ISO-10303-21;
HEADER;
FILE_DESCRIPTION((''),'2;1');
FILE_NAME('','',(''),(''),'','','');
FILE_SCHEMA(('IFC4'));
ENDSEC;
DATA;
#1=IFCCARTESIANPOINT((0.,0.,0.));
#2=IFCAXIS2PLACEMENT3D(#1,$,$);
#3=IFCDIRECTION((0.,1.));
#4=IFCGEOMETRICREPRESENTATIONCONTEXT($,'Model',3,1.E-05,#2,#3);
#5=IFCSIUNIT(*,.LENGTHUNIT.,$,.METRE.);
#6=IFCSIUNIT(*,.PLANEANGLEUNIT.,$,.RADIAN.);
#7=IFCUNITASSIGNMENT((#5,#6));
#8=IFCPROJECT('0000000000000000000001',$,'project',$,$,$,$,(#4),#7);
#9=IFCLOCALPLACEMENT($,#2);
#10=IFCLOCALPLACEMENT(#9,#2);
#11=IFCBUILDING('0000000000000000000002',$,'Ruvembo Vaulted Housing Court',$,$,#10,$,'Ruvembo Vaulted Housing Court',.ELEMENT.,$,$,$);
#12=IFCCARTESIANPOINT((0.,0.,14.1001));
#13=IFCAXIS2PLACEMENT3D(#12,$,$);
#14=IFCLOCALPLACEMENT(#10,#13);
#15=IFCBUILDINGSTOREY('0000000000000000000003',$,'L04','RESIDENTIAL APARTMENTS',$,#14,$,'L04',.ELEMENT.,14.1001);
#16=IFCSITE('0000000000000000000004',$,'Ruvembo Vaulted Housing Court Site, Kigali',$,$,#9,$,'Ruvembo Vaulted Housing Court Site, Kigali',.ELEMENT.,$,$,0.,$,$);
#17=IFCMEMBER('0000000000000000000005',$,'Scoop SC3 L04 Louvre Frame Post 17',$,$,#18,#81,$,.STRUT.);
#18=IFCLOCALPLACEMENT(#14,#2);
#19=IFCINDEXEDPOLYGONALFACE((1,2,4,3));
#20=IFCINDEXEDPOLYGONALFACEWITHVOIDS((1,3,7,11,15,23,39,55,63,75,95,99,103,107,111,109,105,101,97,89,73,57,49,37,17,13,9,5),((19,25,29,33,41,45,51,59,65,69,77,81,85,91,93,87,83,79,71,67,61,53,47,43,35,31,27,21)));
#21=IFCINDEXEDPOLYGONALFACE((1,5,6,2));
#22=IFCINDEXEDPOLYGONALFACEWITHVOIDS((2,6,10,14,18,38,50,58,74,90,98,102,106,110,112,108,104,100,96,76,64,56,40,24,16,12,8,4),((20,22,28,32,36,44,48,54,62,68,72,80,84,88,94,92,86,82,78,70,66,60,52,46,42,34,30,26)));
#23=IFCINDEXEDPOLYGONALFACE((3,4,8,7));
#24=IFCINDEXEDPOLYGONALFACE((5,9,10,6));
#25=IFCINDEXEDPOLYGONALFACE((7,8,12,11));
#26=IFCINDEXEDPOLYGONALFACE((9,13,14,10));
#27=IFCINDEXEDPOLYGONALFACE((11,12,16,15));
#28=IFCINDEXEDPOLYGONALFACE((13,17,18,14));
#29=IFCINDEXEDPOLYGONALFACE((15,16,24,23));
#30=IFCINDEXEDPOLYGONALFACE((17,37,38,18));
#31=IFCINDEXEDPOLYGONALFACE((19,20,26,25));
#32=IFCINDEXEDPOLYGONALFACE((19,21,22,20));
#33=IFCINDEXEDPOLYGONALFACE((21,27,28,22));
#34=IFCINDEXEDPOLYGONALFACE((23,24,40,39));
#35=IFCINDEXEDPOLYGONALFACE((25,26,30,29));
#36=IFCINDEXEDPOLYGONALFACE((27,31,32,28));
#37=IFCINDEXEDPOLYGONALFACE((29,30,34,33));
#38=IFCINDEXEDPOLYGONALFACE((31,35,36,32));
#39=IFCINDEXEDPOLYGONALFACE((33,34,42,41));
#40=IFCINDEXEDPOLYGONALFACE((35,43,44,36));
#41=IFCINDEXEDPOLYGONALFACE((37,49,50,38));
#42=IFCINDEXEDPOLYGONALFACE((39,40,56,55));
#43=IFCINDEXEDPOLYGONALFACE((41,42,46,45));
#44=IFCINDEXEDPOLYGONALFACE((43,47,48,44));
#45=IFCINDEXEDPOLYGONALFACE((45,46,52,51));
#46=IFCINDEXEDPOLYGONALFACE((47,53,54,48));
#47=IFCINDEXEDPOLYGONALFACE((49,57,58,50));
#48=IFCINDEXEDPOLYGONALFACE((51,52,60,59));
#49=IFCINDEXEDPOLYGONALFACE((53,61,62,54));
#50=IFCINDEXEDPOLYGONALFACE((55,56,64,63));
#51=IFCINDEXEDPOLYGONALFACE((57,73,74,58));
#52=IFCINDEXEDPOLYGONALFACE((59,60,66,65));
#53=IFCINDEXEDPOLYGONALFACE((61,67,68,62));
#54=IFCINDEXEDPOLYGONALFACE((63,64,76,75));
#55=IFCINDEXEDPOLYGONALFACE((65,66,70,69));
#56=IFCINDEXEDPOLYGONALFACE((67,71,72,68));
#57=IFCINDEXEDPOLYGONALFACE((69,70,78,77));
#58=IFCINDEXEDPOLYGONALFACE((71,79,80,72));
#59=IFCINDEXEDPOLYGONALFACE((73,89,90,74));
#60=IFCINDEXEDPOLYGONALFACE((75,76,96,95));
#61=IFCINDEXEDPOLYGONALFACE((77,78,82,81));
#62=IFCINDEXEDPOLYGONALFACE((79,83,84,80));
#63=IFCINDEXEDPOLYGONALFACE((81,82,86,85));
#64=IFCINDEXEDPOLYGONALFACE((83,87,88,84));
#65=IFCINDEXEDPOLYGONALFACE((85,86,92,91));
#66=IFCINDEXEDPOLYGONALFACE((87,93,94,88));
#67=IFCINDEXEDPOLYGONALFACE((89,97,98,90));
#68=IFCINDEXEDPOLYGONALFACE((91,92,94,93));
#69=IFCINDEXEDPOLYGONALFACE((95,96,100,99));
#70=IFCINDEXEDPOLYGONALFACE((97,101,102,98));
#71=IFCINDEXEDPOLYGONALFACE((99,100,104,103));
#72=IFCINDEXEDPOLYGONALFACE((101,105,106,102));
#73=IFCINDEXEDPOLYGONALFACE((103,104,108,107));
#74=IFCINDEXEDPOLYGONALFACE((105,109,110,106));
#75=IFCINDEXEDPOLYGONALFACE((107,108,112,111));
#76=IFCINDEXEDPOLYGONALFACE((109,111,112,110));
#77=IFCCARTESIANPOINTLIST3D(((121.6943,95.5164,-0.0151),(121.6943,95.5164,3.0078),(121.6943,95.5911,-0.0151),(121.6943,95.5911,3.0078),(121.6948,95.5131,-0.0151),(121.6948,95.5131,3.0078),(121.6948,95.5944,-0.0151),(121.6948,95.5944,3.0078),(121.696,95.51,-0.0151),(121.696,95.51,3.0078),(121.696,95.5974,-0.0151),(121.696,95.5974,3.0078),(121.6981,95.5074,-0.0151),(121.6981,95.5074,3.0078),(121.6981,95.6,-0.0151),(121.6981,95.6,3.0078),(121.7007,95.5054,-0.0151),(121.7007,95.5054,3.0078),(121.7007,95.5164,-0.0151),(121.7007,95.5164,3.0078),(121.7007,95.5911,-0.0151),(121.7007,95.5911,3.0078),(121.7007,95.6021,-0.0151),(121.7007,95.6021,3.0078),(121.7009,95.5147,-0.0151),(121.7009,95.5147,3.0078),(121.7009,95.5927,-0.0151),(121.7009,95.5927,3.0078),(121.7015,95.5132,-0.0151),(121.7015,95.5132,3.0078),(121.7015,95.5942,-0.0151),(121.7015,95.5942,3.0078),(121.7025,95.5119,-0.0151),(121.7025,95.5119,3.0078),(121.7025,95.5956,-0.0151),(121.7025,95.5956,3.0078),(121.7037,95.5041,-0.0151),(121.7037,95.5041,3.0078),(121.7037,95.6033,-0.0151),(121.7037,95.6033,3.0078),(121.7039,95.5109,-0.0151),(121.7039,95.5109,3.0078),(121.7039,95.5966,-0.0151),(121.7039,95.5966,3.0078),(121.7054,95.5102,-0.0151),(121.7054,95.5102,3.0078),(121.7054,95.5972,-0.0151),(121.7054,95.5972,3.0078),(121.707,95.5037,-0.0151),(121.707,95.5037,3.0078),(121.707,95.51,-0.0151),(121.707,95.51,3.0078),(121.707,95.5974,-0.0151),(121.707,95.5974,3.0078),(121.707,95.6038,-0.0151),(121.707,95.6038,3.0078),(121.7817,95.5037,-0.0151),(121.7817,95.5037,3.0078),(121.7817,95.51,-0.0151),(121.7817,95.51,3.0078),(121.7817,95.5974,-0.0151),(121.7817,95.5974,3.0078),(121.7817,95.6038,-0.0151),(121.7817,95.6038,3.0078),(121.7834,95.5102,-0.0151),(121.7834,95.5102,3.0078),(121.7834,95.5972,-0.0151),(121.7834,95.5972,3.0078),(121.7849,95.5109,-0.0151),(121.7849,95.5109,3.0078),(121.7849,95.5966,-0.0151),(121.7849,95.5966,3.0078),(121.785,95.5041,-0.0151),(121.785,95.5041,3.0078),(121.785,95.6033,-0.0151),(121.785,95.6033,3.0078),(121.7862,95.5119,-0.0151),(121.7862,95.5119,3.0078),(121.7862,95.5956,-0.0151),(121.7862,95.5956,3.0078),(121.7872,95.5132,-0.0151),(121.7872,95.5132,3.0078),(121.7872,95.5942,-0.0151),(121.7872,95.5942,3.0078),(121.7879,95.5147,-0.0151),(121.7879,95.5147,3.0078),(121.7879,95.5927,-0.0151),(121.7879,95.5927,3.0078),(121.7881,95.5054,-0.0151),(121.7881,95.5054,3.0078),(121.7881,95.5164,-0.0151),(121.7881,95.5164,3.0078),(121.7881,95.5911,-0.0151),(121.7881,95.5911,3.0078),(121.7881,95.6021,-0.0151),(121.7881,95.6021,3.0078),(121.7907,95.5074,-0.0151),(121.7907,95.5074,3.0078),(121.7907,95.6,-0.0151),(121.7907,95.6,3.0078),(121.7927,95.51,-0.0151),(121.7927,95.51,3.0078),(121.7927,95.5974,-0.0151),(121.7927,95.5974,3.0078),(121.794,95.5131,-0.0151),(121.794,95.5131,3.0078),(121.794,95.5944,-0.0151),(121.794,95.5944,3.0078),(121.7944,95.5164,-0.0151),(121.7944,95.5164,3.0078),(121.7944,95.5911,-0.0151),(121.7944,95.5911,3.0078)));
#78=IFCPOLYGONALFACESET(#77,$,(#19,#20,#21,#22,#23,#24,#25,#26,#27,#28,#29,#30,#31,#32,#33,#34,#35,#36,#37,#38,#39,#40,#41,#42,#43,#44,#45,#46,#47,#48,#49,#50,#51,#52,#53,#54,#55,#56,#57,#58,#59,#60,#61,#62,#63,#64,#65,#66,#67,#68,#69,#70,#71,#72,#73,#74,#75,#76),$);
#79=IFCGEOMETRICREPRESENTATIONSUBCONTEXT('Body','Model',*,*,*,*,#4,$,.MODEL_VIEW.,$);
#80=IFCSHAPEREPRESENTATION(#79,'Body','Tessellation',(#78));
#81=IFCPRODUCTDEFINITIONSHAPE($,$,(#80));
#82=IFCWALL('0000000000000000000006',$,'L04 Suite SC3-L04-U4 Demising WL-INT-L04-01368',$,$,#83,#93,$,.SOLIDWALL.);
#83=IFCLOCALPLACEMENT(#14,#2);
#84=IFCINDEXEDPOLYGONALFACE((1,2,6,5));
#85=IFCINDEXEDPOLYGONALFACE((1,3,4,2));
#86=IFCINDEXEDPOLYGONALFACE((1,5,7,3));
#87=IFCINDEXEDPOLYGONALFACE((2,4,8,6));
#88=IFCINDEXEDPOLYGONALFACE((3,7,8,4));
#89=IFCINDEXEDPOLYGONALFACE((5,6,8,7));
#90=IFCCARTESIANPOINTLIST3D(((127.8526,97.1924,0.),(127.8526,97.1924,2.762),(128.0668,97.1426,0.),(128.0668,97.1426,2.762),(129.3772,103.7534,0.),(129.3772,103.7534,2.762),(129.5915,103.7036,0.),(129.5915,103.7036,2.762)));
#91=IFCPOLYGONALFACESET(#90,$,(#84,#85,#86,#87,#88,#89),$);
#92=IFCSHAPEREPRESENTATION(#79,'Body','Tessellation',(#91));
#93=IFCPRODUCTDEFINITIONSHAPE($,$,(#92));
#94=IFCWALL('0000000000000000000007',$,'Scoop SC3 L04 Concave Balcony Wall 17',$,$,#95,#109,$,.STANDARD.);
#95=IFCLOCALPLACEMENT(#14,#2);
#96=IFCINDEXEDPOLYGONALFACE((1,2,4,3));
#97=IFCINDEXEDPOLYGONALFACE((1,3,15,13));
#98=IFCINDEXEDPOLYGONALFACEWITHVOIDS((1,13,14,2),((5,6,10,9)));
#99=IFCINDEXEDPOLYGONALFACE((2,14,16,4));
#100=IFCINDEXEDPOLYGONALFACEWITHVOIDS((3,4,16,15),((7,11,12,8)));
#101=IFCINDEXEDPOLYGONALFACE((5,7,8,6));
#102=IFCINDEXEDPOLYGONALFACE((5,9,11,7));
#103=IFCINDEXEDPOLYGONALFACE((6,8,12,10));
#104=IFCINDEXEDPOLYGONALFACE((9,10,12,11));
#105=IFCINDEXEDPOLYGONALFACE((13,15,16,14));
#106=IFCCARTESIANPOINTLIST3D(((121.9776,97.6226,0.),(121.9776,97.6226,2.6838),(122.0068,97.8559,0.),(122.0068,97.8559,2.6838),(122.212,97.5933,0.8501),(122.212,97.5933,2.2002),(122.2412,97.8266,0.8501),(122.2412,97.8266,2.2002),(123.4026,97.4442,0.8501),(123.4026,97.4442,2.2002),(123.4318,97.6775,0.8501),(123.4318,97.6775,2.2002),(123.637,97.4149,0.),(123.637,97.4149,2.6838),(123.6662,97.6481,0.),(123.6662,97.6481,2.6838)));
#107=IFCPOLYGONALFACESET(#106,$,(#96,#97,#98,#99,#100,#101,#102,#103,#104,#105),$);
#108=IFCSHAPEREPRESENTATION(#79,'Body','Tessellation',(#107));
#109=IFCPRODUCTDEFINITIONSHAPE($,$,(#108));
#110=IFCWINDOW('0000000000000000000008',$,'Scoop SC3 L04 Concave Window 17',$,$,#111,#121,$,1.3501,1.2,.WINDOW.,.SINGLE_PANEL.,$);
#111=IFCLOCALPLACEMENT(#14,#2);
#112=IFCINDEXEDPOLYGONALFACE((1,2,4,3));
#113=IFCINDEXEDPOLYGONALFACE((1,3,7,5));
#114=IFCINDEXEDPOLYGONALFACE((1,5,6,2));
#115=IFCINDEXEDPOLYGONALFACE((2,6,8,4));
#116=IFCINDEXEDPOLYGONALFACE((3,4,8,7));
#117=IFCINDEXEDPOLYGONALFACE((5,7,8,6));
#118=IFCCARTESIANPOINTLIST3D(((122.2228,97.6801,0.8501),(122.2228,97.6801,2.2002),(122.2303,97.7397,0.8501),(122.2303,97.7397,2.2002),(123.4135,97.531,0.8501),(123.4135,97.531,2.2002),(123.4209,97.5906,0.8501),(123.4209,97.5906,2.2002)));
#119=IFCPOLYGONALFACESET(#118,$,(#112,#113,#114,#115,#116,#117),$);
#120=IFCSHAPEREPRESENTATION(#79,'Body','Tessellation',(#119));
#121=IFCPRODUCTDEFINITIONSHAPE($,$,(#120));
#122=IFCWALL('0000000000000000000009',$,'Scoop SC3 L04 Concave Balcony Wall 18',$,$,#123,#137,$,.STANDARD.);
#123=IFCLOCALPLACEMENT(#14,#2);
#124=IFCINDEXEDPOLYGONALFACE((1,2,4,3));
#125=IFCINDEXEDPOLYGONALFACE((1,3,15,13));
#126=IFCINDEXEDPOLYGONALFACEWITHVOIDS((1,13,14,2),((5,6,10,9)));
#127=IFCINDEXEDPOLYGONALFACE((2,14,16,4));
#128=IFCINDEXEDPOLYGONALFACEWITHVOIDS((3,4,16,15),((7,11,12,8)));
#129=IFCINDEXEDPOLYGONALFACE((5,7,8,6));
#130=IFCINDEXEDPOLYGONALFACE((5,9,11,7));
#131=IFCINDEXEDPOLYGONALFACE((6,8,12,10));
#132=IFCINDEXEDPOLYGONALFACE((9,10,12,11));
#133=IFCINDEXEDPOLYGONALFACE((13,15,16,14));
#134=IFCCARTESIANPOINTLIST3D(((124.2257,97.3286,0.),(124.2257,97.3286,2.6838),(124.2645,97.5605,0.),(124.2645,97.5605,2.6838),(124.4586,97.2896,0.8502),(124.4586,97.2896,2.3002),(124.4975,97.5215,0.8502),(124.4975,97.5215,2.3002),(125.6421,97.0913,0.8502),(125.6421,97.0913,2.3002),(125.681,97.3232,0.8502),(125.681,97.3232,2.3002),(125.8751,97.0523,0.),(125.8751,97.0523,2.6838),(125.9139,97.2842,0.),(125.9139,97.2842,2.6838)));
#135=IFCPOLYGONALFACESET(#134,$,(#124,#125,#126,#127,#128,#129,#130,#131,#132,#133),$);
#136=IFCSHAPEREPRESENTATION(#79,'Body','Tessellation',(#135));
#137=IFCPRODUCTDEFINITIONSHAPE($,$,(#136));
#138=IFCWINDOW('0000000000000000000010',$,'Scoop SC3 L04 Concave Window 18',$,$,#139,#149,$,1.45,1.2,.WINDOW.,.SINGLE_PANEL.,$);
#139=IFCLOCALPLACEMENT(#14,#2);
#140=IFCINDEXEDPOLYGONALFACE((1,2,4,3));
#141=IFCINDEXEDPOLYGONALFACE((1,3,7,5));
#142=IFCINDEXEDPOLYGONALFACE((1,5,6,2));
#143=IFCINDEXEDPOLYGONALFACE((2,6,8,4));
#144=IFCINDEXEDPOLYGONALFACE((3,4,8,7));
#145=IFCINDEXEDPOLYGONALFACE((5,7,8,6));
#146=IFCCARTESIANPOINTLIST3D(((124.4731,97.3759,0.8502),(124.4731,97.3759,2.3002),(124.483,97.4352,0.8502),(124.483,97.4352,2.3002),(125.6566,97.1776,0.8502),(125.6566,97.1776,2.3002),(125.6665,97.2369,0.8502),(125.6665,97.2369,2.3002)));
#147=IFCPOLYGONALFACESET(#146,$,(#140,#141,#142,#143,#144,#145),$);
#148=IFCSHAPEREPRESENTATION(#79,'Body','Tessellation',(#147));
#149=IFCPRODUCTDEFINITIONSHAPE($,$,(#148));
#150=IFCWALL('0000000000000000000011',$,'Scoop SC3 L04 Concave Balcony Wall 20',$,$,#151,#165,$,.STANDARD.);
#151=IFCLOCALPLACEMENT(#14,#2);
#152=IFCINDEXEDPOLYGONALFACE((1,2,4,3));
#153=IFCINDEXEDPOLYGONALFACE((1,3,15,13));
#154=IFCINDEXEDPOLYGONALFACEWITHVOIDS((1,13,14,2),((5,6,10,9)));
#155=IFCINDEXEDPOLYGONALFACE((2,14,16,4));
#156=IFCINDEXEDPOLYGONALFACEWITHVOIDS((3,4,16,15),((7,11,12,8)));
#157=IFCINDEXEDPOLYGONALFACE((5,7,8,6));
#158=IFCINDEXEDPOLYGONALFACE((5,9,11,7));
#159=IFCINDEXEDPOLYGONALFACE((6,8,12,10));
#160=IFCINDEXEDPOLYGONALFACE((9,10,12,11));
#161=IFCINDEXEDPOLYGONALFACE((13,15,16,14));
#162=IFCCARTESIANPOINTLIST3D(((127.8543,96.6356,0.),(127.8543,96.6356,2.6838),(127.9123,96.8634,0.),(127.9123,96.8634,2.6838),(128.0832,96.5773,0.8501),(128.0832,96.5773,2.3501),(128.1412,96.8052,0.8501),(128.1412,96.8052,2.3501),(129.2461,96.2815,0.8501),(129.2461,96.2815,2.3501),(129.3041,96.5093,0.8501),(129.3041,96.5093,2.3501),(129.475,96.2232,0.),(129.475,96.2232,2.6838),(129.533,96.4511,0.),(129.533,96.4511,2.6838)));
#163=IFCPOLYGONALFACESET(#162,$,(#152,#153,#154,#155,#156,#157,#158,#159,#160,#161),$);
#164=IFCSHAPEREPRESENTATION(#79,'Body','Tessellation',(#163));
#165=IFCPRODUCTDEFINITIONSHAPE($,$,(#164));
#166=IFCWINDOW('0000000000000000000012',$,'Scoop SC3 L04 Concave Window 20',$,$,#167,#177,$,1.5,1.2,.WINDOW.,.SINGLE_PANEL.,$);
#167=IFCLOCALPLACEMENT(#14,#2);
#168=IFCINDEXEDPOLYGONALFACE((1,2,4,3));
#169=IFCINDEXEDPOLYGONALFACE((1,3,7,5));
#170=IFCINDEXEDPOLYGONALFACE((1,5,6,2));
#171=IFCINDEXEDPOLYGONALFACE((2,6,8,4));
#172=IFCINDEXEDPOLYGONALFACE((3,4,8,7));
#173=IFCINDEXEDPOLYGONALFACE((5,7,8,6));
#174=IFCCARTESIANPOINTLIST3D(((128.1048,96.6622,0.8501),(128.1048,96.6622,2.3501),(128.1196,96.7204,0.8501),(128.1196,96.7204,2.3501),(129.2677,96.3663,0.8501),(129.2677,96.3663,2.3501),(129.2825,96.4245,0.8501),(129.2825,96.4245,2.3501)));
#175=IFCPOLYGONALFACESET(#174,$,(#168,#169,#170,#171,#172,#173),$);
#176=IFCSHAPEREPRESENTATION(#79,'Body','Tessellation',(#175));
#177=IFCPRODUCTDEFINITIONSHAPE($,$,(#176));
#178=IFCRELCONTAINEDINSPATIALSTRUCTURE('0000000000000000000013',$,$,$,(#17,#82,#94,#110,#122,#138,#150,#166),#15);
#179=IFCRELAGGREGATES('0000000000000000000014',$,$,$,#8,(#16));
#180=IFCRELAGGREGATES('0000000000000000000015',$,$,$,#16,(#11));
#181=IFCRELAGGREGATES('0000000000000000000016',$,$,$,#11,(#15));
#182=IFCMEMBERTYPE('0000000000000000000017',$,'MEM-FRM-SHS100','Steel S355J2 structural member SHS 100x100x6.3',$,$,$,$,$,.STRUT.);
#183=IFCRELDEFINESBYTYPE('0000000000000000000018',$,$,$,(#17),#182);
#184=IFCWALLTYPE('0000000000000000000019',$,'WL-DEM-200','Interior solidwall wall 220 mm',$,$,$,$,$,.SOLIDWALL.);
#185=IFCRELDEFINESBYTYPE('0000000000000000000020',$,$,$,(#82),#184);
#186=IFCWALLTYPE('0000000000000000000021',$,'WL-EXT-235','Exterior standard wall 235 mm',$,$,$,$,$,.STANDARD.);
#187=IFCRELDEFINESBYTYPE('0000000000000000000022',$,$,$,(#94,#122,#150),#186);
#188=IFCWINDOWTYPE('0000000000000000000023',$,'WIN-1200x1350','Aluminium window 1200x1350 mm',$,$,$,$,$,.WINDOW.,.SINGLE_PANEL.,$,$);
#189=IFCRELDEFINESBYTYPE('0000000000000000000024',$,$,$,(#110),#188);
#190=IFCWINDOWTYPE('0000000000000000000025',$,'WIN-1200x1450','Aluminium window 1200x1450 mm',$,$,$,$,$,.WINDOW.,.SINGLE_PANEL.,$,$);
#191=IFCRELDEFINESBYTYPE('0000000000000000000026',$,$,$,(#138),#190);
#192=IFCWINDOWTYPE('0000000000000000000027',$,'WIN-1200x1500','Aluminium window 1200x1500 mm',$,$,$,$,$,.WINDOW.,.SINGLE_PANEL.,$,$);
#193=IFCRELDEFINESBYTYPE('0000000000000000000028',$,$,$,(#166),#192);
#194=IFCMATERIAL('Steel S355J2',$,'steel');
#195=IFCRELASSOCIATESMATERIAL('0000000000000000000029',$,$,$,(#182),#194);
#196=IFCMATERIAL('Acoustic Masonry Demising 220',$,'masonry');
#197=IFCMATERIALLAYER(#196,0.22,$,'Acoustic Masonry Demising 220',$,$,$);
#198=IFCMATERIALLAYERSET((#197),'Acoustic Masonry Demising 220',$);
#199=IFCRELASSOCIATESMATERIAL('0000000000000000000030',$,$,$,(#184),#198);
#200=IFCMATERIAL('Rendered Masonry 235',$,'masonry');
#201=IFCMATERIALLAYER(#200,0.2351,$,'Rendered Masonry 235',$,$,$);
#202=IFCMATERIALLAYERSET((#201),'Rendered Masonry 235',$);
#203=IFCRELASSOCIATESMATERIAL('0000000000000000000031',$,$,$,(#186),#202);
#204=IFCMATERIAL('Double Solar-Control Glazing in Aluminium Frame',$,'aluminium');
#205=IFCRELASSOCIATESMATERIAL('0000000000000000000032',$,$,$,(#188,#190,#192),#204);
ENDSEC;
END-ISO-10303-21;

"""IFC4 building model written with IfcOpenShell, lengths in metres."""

from ifc_helpers import new_model, si_unit, direction, frame, frame_2d, origin, origin_2d, place, context, subcontext, project, spatial, rectangle, hollow_rectangle, extrude, material, layer, layer_set, material_profile, profile_set, type_object, element, fill, save


model = new_model("IFC4")

# Units and contexts
model_context = context("Model", 3, precision=1e-05, world=origin(), true_north=direction((0.0, 1.0)))
body_context = subcontext(model_context, "Body", "Model", "MODEL_VIEW")
ifc_project = project(units=[si_unit("LENGTHUNIT", "METRE"), si_unit("PLANEANGLEUNIT", "RADIAN")], contexts=[model_context])

# Site, building, storey
site_placement = place(None, origin())
site = spatial("IfcSite", under=ifc_project, at=site_placement, Name="Ruvembo Vaulted Housing Court Site, Kigali", LongName="Ruvembo Vaulted Housing Court Site, Kigali", CompositionType="ELEMENT", RefElevation=0.0)
building_placement = place(site_placement, origin())
building = spatial("IfcBuilding", under=site, at=building_placement, Name="Ruvembo Vaulted Housing Court", LongName="Ruvembo Vaulted Housing Court", CompositionType="ELEMENT")
storey_placement = place(building_placement, frame((0.0, 0.0, 14.1001)))
storey = spatial("IfcBuildingStorey", under=building, at=storey_placement, Name="L04", Description="RESIDENTIAL APARTMENTS", LongName="L04", CompositionType="ELEMENT", Elevation=14.1001)

# Shared definitions
ifc_material_1 = material(Name="Steel S355J2", Category="steel")

# Member
ifc_material_profile_1 = material_profile(ifc_material_1, hollow_rectangle(XDim=0.1001, YDim=0.1001, WallThickness=0.0063, InnerFilletRadius=0.0063, OuterFilletRadius=0.0127, at=origin_2d()), Name="SHS 100x100x6.3")
ifc_profile_set_1 = profile_set([ifc_material_profile_1], Name="Steel S355J2")
member_type_1 = type_object("IfcMemberType", Name="MEM-FRM-SHS100", Description="Steel S355J2 structural member SHS 100x100x6.3", PredefinedType="STRUT", material=ifc_profile_set_1)
member_1_placement = place(storey_placement, frame((121.7444, 95.5537, -0.0151), z_axis=(0.0, 0.0, 1.0), x_axis=(1.0, 0.0, 0.0)))
element("IfcMember", 1, at=member_1_placement, inside=storey, type_object=member_type_1, Name="Scoop SC3 L04 Louvre Frame Post 17", PredefinedType="STRUT", context=body_context, shape_type="SweptSolid", body=[
    extrude(hollow_rectangle(XDim=0.1001, YDim=0.1001, WallThickness=0.0063, InnerFilletRadius=0.0063, OuterFilletRadius=0.0127, at=origin_2d()), origin(), (0.0, 0.0, 1.0), 3.0229),
])

# Wall
ifc_material_2 = material(Name="Acoustic Masonry Demising 220", Category="masonry")
ifc_layer_1 = layer(ifc_material_2, 0.22, Name="Acoustic Masonry Demising 220")
ifc_layer_set_1 = layer_set([ifc_layer_1], Name="Acoustic Masonry Demising 220")
wall_type_1 = type_object("IfcWallType", Name="WL-DEM-200", Description="Interior solidwall wall 220 mm", PredefinedType="SOLIDWALL", material=ifc_layer_set_1)
wall_1_placement = place(storey_placement, frame((127.9597, 97.1675, 0.0), z_axis=(0.0, 0.0, 1.0), x_axis=(0.22635, 0.974046, 0.0)))
element("IfcWall", 2, at=wall_1_placement, inside=storey, type_object=wall_type_1, Name="L04 Suite SC3-L04-U4 Demising WL-INT-L04-01368", PredefinedType="SOLIDWALL", context=body_context, shape_type="SweptSolid", body=[
    extrude(rectangle(XDim=6.7358, YDim=0.22, at=frame_2d((3.3679, 0.0))), origin(), (0.0, 0.0, 1.0), 2.762),
])

# Walls, openings, windows
ifc_material_3 = material(Name="Rendered Masonry 235", Category="masonry")
ifc_layer_2 = layer(ifc_material_3, 0.2351, Name="Rendered Masonry 235")
ifc_layer_set_2 = layer_set([ifc_layer_2], Name="Rendered Masonry 235")
wall_type_2 = type_object("IfcWallType", Name="WL-EXT-235", Description="Exterior standard wall 235 mm", PredefinedType="STANDARD", material=ifc_layer_set_2)
wall_2_placement = place(storey_placement, frame((121.9922, 97.7393, 0.0), z_axis=(0.0, 0.0, 1.0), x_axis=(0.992253, -0.124232, 0.0)))
wall_2 = element("IfcWall", 3, at=wall_2_placement, inside=storey, type_object=wall_type_2, Name="Scoop SC3 L04 Concave Balcony Wall 17", PredefinedType="STANDARD", context=body_context, shape_type="SweptSolid", body=[
    extrude(rectangle(XDim=1.6724, YDim=0.2351, at=frame_2d((0.8362, 0.0))), origin(), (0.0, 0.0, 1.0), 2.6838),
])
opening_1_placement = place(wall_2_placement, frame((0.2361, 0.0, 0.8501)))
opening_1 = element("IfcOpeningElement", 4, at=opening_1_placement, cuts=wall_2, PredefinedType="OPENING", context=body_context, shape_type="SweptSolid", body=[
    extrude(rectangle(XDim=1.2, YDim=1.3501, at=frame_2d((0.6001, 0.675))), frame((0.0, 0.1274, 0.0), z_axis=(0.0, -1.0, 0.0), x_axis=(1.0, 0.0, 0.0)), (0.0, 0.0, 1.0), 0.2551),
])
ifc_material_4 = material(Name="Double Solar-Control Glazing in Aluminium Frame", Category="aluminium")
window_type_1 = type_object("IfcWindowType", Name="WIN-1200x1350", Description="Aluminium window 1200x1350 mm", PartitioningType="SINGLE_PANEL", PredefinedType="WINDOW", material=ifc_material_4)
window_1_placement = place(opening_1_placement, origin())
window_1 = element("IfcWindow", 5, at=window_1_placement, inside=storey, type_object=window_type_1, Name="Scoop SC3 L04 Concave Window 17", OverallHeight=1.3501, OverallWidth=1.2, PartitioningType="SINGLE_PANEL", PredefinedType="WINDOW", context=body_context, shape_type="SweptSolid", body=[
    extrude(rectangle(XDim=1.2, YDim=1.3501, at=frame_2d((0.6001, 0.675))), frame((0.0, 0.03, 0.0), z_axis=(0.0, -1.0, 0.0), x_axis=(1.0, 0.0, 0.0)), (0.0, 0.0, 1.0), 0.0601),
])
fill(opening_1, window_1)
wall_3_placement = place(storey_placement, frame((124.2451, 97.4446, 0.0), z_axis=(0.0, 0.0, 1.0), x_axis=(0.986252, -0.165251, 0.0)))
wall_3 = element("IfcWall", 6, at=wall_3_placement, inside=storey, type_object=wall_type_2, Name="Scoop SC3 L04 Concave Balcony Wall 18", PredefinedType="STANDARD", context=body_context, shape_type="SweptSolid", body=[
    extrude(rectangle(XDim=1.6724, YDim=0.2351, at=frame_2d((0.8362, 0.0))), origin(), (0.0, 0.0, 1.0), 2.6838),
])
opening_2_placement = place(wall_3_placement, frame((0.2361, 0.0, 0.8501)))
opening_2 = element("IfcOpeningElement", 7, at=opening_2_placement, cuts=wall_3, PredefinedType="OPENING", context=body_context, shape_type="SweptSolid", body=[
    extrude(rectangle(XDim=1.2, YDim=1.45, at=frame_2d((0.6001, 0.7251))), frame((0.0, 0.1274, 0.0), z_axis=(0.0, -1.0, 0.0), x_axis=(1.0, 0.0, 0.0)), (0.0, 0.0, 1.0), 0.2551),
])
window_type_2 = type_object("IfcWindowType", Name="WIN-1200x1450", Description="Aluminium window 1200x1450 mm", PartitioningType="SINGLE_PANEL", PredefinedType="WINDOW", material=ifc_material_4)
window_2_placement = place(opening_2_placement, origin())
window_2 = element("IfcWindow", 8, at=window_2_placement, inside=storey, type_object=window_type_2, Name="Scoop SC3 L04 Concave Window 18", OverallHeight=1.45, OverallWidth=1.2, PartitioningType="SINGLE_PANEL", PredefinedType="WINDOW", context=body_context, shape_type="SweptSolid", body=[
    extrude(rectangle(XDim=1.2, YDim=1.45, at=frame_2d((0.6001, 0.7251))), frame((0.0, 0.03, 0.0), z_axis=(0.0, -1.0, 0.0), x_axis=(1.0, 0.0, 0.0)), (0.0, 0.0, 1.0), 0.0601),
])
fill(opening_2, window_2)

# Wall, opening, window
wall_4_placement = place(storey_placement, frame((127.8833, 96.7495, 0.0), z_axis=(0.0, 0.0, 1.0), x_axis=(0.969121, -0.246587, 0.0)))
wall_4 = element("IfcWall", 9, at=wall_4_placement, inside=storey, type_object=wall_type_2, Name="Scoop SC3 L04 Concave Balcony Wall 20", PredefinedType="STANDARD", context=body_context, shape_type="SweptSolid", body=[
    extrude(rectangle(XDim=1.6724, YDim=0.2351, at=frame_2d((0.8362, 0.0))), origin(), (0.0, 0.0, 1.0), 2.6838),
])
opening_3_placement = place(wall_4_placement, frame((0.2361, 0.0, 0.8501)))
opening_3 = element("IfcOpeningElement", 10, at=opening_3_placement, cuts=wall_4, PredefinedType="OPENING", context=body_context, shape_type="SweptSolid", body=[
    extrude(rectangle(XDim=1.2, YDim=1.5, at=frame_2d((0.6001, 0.75))), frame((0.0, 0.1274, 0.0), z_axis=(0.0, -1.0, 0.0), x_axis=(1.0, 0.0, 0.0)), (0.0, 0.0, 1.0), 0.2551),
])
window_type_3 = type_object("IfcWindowType", Name="WIN-1200x1500", Description="Aluminium window 1200x1500 mm", PartitioningType="SINGLE_PANEL", PredefinedType="WINDOW", material=ifc_material_4)
window_3_placement = place(opening_3_placement, origin())
window_3 = element("IfcWindow", 11, at=window_3_placement, inside=storey, type_object=window_type_3, Name="Scoop SC3 L04 Concave Window 20", OverallHeight=1.5, OverallWidth=1.2, PartitioningType="SINGLE_PANEL", PredefinedType="WINDOW", context=body_context, shape_type="SweptSolid", body=[
    extrude(rectangle(XDim=1.2, YDim=1.5, at=frame_2d((0.6001, 0.75))), frame((0.0, 0.03, 0.0), z_axis=(0.0, -1.0, 0.0), x_axis=(1.0, 0.0, 0.0)), (0.0, 0.0, 1.0), 0.0601),
])
fill(opening_3, window_3)

save(model, "model.ifc")
